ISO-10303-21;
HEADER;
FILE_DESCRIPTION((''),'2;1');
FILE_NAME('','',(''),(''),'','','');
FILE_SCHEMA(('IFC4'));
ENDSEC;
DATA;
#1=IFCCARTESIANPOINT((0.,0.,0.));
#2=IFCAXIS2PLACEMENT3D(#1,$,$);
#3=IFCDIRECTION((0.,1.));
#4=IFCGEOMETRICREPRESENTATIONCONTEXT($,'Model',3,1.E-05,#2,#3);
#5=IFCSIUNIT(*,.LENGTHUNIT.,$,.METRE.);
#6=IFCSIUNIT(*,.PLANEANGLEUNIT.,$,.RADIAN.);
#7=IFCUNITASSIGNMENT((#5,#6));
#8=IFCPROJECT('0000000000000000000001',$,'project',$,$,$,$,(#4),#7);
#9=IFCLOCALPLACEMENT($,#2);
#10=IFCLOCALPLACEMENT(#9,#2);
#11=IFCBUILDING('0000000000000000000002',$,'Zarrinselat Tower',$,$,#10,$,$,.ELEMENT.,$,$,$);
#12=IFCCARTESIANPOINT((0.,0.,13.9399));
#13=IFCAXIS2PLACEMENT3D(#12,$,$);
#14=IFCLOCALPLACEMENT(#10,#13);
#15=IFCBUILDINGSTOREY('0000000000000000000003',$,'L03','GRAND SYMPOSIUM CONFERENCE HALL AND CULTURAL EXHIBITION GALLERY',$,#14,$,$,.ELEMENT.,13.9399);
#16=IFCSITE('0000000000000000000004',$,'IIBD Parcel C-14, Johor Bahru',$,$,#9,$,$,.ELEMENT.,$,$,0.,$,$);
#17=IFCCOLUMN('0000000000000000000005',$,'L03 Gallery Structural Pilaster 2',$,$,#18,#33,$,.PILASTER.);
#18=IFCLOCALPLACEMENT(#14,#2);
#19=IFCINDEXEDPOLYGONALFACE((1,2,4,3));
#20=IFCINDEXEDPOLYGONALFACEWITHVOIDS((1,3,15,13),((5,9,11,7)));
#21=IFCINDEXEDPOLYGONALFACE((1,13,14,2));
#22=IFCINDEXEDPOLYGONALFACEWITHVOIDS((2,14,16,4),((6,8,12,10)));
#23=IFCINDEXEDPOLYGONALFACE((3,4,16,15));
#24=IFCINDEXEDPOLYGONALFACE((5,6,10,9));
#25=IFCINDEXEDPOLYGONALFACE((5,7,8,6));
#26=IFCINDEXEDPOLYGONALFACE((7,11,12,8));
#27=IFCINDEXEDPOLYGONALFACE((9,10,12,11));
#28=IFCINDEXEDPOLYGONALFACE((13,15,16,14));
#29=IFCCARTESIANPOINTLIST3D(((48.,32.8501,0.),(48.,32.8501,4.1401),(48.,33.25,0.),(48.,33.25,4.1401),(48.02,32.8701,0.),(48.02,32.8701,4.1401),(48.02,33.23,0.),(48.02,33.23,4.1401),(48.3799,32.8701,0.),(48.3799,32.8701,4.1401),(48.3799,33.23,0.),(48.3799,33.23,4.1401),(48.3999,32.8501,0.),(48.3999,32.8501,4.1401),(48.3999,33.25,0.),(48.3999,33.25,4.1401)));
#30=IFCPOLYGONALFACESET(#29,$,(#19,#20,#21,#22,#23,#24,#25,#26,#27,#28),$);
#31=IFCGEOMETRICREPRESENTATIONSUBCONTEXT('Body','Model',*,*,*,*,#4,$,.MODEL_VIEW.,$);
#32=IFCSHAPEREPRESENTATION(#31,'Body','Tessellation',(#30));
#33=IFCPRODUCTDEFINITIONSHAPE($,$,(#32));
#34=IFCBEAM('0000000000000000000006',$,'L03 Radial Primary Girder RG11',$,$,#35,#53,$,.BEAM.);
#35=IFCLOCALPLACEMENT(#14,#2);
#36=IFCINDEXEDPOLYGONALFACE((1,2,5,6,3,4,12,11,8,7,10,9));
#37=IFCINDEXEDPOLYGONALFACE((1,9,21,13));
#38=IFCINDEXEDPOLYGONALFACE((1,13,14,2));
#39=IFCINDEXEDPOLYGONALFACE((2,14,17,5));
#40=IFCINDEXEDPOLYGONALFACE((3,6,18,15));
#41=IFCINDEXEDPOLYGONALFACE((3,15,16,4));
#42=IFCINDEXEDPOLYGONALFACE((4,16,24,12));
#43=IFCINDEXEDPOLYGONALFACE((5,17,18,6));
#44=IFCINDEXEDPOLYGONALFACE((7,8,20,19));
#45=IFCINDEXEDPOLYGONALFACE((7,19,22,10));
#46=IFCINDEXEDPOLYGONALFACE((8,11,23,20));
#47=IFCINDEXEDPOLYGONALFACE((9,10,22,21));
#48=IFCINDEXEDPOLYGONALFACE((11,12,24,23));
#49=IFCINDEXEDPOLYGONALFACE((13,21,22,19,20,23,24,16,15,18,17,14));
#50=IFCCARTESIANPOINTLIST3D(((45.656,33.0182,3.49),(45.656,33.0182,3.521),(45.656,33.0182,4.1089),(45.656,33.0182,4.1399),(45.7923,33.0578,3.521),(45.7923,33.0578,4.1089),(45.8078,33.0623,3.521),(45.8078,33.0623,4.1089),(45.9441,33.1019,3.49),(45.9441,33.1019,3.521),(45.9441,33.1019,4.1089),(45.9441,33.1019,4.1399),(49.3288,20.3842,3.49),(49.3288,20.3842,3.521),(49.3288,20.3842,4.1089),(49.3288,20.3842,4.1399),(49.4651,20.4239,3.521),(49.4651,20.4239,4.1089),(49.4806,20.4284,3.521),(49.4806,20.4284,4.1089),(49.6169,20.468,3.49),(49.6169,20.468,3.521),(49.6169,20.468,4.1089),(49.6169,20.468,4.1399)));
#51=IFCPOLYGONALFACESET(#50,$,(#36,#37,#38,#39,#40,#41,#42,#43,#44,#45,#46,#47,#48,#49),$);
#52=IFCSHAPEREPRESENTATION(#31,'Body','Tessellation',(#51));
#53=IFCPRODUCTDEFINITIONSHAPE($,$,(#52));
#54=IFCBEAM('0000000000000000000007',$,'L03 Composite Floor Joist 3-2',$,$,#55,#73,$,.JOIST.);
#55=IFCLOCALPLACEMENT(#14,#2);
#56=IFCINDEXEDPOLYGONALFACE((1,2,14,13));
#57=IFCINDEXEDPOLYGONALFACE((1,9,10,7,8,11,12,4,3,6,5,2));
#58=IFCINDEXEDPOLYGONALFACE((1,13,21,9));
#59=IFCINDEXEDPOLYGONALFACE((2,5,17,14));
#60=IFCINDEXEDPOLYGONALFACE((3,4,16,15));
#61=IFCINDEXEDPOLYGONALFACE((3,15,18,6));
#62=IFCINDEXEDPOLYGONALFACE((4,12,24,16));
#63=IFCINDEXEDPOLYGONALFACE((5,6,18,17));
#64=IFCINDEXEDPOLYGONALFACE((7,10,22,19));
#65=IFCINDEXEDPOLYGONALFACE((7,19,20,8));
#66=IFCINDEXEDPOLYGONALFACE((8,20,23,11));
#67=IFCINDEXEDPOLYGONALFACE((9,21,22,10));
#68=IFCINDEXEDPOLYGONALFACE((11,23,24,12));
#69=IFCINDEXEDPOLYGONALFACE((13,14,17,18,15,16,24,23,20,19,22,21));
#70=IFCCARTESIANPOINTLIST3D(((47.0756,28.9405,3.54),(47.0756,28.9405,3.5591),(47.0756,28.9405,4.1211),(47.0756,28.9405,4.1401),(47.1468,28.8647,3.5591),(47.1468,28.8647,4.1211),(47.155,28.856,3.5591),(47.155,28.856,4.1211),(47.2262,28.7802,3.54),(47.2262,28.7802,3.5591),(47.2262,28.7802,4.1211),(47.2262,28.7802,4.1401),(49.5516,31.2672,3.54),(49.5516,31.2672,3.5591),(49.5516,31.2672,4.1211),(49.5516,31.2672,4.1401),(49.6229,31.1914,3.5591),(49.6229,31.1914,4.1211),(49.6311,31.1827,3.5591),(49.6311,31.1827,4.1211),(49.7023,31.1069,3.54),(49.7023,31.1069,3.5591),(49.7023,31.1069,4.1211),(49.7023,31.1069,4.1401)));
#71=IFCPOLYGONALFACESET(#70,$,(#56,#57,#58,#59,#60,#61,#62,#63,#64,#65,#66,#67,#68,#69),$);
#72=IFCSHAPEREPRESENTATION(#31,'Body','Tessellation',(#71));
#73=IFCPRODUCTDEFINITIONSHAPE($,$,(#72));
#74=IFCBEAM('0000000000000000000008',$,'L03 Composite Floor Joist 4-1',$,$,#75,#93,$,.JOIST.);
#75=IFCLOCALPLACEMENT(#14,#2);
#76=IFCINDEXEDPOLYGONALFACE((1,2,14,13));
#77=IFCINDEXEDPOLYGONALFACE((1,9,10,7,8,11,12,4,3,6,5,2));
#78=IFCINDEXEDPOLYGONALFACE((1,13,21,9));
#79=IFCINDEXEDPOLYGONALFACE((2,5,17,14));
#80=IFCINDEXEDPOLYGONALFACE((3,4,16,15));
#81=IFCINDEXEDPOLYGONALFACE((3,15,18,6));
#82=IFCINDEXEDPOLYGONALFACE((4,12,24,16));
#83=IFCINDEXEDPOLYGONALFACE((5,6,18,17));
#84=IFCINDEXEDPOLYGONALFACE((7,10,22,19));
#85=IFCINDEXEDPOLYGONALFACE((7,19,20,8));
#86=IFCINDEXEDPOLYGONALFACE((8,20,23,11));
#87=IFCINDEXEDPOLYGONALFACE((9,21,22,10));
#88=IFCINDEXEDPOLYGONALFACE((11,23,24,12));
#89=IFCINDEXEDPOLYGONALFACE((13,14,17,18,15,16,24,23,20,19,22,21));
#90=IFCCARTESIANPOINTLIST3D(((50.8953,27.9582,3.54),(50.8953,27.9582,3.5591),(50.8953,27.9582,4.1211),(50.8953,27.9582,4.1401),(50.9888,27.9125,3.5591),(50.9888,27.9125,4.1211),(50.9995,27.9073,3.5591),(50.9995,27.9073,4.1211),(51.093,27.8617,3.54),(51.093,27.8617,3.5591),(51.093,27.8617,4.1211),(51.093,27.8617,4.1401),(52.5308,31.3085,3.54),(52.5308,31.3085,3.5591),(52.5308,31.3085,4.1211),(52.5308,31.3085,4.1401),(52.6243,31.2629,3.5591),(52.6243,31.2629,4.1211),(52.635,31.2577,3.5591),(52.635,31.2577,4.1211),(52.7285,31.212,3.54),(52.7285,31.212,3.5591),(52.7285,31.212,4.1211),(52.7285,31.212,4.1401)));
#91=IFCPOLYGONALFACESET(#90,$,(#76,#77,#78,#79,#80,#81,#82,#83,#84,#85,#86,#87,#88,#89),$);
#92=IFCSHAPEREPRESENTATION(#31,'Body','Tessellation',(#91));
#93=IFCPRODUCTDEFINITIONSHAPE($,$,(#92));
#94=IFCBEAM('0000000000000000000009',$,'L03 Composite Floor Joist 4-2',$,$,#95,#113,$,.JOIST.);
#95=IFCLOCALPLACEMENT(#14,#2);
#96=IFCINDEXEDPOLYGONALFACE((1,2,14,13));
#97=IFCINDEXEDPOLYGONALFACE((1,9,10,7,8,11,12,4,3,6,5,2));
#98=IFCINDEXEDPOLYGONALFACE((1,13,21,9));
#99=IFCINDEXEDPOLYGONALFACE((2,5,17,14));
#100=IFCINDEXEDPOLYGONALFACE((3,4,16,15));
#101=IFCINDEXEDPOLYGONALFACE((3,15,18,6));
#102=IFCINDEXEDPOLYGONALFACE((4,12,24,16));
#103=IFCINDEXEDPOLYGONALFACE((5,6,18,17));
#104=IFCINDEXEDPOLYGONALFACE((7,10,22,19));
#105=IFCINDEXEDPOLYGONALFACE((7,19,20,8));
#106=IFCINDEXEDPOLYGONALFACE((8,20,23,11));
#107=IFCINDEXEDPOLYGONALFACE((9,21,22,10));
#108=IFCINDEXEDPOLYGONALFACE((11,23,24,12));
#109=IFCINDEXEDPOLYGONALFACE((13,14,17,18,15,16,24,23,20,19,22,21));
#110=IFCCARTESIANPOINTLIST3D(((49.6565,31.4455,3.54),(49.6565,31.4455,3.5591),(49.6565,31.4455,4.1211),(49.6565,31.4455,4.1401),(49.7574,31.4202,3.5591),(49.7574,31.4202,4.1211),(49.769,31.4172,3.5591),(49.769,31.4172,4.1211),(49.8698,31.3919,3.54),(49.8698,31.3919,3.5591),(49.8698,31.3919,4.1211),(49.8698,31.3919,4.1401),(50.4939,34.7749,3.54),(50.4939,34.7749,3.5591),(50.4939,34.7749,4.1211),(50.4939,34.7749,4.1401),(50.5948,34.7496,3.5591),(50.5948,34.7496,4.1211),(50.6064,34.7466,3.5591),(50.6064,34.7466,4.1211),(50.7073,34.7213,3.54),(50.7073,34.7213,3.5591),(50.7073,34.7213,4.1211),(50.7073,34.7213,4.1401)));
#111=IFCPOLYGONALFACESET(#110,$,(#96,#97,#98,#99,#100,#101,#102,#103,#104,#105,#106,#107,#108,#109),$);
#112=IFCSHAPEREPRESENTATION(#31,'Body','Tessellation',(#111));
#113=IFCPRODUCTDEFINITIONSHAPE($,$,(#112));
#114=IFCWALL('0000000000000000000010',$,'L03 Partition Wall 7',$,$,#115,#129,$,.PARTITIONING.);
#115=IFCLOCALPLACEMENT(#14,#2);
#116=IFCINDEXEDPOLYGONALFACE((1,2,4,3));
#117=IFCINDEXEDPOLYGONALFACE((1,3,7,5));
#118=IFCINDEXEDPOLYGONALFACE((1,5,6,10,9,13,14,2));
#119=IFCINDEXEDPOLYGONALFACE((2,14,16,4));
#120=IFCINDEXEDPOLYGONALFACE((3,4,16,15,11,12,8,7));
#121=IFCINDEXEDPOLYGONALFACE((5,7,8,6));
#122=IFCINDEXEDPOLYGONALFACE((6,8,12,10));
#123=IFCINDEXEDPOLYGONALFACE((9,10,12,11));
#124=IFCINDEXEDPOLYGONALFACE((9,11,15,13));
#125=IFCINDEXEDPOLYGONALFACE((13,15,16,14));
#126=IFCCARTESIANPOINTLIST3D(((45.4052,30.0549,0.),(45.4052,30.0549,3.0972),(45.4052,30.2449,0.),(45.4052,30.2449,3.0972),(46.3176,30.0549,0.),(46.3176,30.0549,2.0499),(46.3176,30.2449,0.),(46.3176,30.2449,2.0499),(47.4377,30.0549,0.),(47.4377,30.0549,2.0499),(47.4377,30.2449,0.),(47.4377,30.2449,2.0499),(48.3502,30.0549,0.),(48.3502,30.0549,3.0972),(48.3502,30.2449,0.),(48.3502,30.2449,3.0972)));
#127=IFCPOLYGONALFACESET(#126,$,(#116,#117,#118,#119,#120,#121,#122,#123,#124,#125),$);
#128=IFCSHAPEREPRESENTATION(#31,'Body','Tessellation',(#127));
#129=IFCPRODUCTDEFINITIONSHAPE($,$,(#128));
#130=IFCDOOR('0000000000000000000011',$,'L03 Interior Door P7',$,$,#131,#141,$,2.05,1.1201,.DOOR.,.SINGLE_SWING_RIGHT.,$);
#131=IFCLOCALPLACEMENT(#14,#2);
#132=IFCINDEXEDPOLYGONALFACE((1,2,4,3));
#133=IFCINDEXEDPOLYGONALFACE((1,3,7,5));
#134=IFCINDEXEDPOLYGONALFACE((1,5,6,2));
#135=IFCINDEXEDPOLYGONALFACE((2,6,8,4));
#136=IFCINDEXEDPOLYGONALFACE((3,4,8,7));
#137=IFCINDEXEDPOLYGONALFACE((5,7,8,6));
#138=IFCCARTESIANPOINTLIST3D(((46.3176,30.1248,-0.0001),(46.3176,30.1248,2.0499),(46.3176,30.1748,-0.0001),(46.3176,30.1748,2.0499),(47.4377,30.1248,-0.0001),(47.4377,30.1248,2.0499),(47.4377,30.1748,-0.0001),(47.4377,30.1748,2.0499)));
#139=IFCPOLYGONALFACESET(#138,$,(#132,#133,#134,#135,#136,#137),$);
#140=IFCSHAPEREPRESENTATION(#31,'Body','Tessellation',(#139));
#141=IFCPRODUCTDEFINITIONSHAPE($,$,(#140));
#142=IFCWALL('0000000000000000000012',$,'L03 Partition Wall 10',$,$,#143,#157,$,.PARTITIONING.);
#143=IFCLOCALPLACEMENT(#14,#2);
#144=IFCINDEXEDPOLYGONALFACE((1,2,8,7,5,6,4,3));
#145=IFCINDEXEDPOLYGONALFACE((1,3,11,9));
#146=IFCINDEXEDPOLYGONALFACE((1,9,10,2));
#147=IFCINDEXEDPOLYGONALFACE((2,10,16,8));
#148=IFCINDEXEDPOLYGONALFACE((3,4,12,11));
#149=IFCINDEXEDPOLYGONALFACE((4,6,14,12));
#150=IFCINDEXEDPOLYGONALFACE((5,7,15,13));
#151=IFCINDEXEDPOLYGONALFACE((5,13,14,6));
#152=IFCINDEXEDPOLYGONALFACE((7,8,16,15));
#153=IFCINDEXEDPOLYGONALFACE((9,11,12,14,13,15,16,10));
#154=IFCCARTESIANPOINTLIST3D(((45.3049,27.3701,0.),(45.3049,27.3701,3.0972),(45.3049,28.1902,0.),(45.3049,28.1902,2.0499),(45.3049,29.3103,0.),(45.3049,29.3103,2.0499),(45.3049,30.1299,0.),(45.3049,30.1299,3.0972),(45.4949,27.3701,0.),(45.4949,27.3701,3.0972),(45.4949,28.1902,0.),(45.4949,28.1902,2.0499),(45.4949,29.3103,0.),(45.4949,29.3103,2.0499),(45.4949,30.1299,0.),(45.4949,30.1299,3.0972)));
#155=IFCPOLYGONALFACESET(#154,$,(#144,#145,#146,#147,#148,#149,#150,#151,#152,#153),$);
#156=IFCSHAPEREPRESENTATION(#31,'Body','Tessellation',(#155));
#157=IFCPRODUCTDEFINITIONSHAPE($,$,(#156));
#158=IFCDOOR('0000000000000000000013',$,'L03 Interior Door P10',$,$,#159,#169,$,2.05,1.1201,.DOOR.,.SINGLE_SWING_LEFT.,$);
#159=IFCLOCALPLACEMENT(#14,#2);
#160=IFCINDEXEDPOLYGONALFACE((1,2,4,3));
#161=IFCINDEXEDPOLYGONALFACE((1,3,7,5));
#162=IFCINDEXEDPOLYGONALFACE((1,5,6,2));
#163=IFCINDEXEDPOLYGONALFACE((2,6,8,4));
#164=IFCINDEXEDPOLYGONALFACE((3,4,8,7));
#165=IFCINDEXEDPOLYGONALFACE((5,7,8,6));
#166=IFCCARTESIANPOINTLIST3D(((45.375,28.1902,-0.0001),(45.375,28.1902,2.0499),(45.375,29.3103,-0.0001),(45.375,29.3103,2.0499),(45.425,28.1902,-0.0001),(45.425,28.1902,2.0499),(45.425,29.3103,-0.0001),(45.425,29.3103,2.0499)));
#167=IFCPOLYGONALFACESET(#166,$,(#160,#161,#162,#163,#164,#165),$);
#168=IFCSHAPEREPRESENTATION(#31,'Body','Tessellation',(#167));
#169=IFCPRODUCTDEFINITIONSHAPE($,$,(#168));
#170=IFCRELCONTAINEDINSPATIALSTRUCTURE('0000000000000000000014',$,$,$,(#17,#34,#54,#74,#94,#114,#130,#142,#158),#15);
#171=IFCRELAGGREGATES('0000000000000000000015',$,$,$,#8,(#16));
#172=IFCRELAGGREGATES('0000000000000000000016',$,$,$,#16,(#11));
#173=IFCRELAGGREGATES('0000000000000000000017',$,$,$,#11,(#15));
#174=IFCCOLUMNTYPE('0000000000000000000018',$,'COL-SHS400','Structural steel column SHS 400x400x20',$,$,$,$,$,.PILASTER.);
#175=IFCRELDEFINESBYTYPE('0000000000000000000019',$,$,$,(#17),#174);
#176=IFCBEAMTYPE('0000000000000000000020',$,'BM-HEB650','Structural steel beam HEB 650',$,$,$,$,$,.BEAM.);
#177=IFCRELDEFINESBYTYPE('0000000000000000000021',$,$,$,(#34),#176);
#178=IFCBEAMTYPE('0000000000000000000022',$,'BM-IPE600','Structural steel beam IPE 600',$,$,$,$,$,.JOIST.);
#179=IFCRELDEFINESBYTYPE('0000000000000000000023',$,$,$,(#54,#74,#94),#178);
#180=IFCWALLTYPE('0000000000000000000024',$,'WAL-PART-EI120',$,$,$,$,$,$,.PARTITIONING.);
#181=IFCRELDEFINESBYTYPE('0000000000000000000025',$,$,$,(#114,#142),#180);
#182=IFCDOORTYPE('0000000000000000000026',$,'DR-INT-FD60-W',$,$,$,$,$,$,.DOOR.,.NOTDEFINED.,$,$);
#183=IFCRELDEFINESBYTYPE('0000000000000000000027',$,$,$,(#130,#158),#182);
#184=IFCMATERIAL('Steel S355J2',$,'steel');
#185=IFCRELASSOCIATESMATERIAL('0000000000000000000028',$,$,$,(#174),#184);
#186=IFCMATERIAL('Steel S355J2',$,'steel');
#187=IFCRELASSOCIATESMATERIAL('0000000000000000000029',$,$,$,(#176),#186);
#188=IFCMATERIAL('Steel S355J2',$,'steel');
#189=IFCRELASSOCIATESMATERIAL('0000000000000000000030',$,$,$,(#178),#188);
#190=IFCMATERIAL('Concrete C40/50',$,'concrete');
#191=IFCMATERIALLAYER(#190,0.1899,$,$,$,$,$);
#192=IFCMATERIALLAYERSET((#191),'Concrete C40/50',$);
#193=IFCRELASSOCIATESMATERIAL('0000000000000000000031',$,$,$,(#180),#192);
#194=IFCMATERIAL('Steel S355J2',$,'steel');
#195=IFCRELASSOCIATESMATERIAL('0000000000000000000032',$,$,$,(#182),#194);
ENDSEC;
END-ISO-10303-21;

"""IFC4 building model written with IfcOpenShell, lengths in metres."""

from ifc_helpers import new_model, si_unit, direction, frame, frame_2d, origin, origin_2d, place, context, subcontext, project, spatial, rectangle, hollow_rectangle, i_section, extrude, material, layer, layer_set, material_profile, profile_set, type_object, element, fill, save


model = new_model("IFC4")

# Units and contexts
model_context = context("Model", 3, precision=1e-05, world=origin(), true_north=direction((0.0, 1.0)))
body_context = subcontext(model_context, "Body", "Model", "MODEL_VIEW")
ifc_project = project(units=[si_unit("LENGTHUNIT", "METRE"), si_unit("PLANEANGLEUNIT", "RADIAN")], contexts=[model_context])

# Site, building, storey
site_placement = place(None, origin())
site = spatial("IfcSite", under=ifc_project, at=site_placement, Name="IIBD Parcel C-14, Johor Bahru", CompositionType="ELEMENT", RefElevation=0.0)
building_placement = place(site_placement, origin())
building = spatial("IfcBuilding", under=site, at=building_placement, Name="Zarrinselat Tower", CompositionType="ELEMENT")
storey_placement = place(building_placement, frame((0.0, 0.0, 13.9399)))
storey = spatial("IfcBuildingStorey", under=building, at=storey_placement, Name="L03", Description="GRAND SYMPOSIUM CONFERENCE HALL AND CULTURAL EXHIBITION GALLERY", CompositionType="ELEMENT", Elevation=13.9399)

# Column
ifc_material_1 = material(Name="Steel S355J2", Category="steel")
ifc_material_profile_1 = material_profile(ifc_material_1, hollow_rectangle(XDim=0.3999, YDim=0.3999, WallThickness=0.02, at=origin_2d()), Name="SHS 400x400x20")
ifc_profile_set_1 = profile_set([ifc_material_profile_1], Name="Steel S355J2")
column_type = type_object("IfcColumnType", Name="COL-SHS400", Description="Structural steel column SHS 400x400x20", PredefinedType="PILASTER", material=ifc_profile_set_1)
column_placement = place(storey_placement, frame((48.2, 33.05, 0.0), z_axis=(0.0, 0.0, 1.0), x_axis=(1.0, 0.0, 0.0)))
element("IfcColumn", 1, at=column_placement, inside=storey, type_object=column_type, Name="L03 Gallery Structural Pilaster 2", PredefinedType="PILASTER", context=body_context, shape_type="SweptSolid", body=[
    extrude(hollow_rectangle(XDim=0.3999, YDim=0.3999, WallThickness=0.02, at=origin_2d()), origin(), (0.0, 0.0, 1.0), 4.1401),
])

# Beams
ifc_material_2 = material(Name="Steel S355J2", Category="steel")
ifc_material_profile_2 = material_profile(ifc_material_2, i_section(OverallWidth=0.3, OverallDepth=0.6499, WebThickness=0.0161, FlangeThickness=0.031, at=origin_2d()), Name="HEB 650")
ifc_profile_set_2 = profile_set([ifc_material_profile_2], Name="Steel S355J2")
beam_type_1 = type_object("IfcBeamType", Name="BM-HEB650", Description="Structural steel beam HEB 650", PredefinedType="BEAM", material=ifc_profile_set_2)
beam_1_placement = place(storey_placement, frame((45.8, 33.0601, 3.8149), z_axis=(0.279154, -0.960246, 0.0), x_axis=(0.960246, 0.279154, 0.0)))
element("IfcBeam", 2, at=beam_1_placement, inside=storey, type_object=beam_type_1, Name="L03 Radial Primary Girder RG11", PredefinedType="BEAM", context=body_context, shape_type="SweptSolid", body=[
    extrude(i_section(OverallWidth=0.3, OverallDepth=0.6499, WebThickness=0.0161, FlangeThickness=0.031, at=origin_2d()), origin(), (0.0, 0.0, 1.0), 13.157),
])
ifc_material_3 = material(Name="Steel S355J2", Category="steel")
ifc_material_profile_3 = material_profile(ifc_material_3, i_section(OverallWidth=0.22, OverallDepth=0.6001, WebThickness=0.012, FlangeThickness=0.019, at=origin_2d()), Name="IPE 600")
ifc_profile_set_3 = profile_set([ifc_material_profile_3], Name="Steel S355J2")
beam_type_2 = type_object("IfcBeamType", Name="BM-IPE600", Description="Structural steel beam IPE 600", PredefinedType="JOIST", material=ifc_profile_set_3)
beam_2_placement = place(storey_placement, frame((47.1509, 28.8604, 3.8401), z_axis=(0.728752, 0.684777, 0.0), x_axis=(-0.684777, 0.728752, 0.0)))
element("IfcBeam", 3, at=beam_2_placement, inside=storey, type_object=beam_type_2, Name="L03 Composite Floor Joist 3-2", PredefinedType="JOIST", context=body_context, shape_type="SweptSolid", body=[
    extrude(i_section(OverallWidth=0.22, OverallDepth=0.6001, WebThickness=0.012, FlangeThickness=0.019, at=origin_2d()), origin(), (0.0, 0.0, 1.0), 3.3977),
])
beam_3_placement = place(storey_placement, frame((50.9941, 27.9099, 3.8401), z_axis=(0.43868, 0.898643, 0.0), x_axis=(-0.898643, 0.43868, 0.0)))
element("IfcBeam", 4, at=beam_3_placement, inside=storey, type_object=beam_type_2, Name="L03 Composite Floor Joist 4-1", PredefinedType="JOIST", context=body_context, shape_type="SweptSolid", body=[
    extrude(i_section(OverallWidth=0.22, OverallDepth=0.6001, WebThickness=0.012, FlangeThickness=0.019, at=origin_2d()), origin(), (0.0, 0.0, 1.0), 3.7283),
])
beam_4_placement = place(storey_placement, frame((49.7632, 31.4187, 3.8401), z_axis=(0.243924, 0.969794, 0.0), x_axis=(-0.969794, 0.243924, 0.0)))
element("IfcBeam", 5, at=beam_4_placement, inside=storey, type_object=beam_type_2, Name="L03 Composite Floor Joist 4-2", PredefinedType="JOIST", context=body_context, shape_type="SweptSolid", body=[
    extrude(i_section(OverallWidth=0.22, OverallDepth=0.6001, WebThickness=0.012, FlangeThickness=0.019, at=origin_2d()), origin(), (0.0, 0.0, 1.0), 3.4331),
])

# Walls, openings, doors
ifc_material_4 = material(Name="Concrete C40/50", Category="concrete")
ifc_layer_1 = layer(ifc_material_4, 0.1899)
ifc_layer_set_1 = layer_set([ifc_layer_1], Name="Concrete C40/50")
wall_type_1 = type_object("IfcWallType", Name="WAL-PART-EI120", PredefinedType="PARTITIONING", material=ifc_layer_set_1)
wall_1_placement = place(storey_placement, frame((45.405, 30.1499, 0.0), z_axis=(0.0, 0.0, 1.0), x_axis=(1.0, 0.0, 0.0)))
wall_1 = element("IfcWall", 6, at=wall_1_placement, inside=storey, type_object=wall_type_1, Name="L03 Partition Wall 7", PredefinedType="PARTITIONING", context=body_context, shape_type="SweptSolid", body=[
    extrude(rectangle(XDim=2.9451, YDim=0.1899, at=frame_2d((1.4727, 0.0))), origin(), (0.0, 0.0, 1.0), 3.0972),
])
opening_1_placement = place(wall_1_placement, frame((0.9126, 0.0, 0.0)))
opening_1 = element("IfcOpeningElement", 7, at=opening_1_placement, cuts=wall_1, PredefinedType="OPENING", context=body_context, shape_type="SweptSolid", body=[
    extrude(rectangle(XDim=1.1201, YDim=2.05, at=frame_2d((0.5601, 1.0249))), frame((0.0, 0.105, 0.0), z_axis=(0.0, -1.0, 0.0), x_axis=(1.0, 0.0, 0.0)), (0.0, 0.0, 1.0), 0.21),
])
ifc_material_5 = material(Name="Steel S355J2", Category="steel")
door_type_1 = type_object("IfcDoorType", Name="DR-INT-FD60-W", OperationType="NOTDEFINED", PredefinedType="DOOR", material=ifc_material_5)
door_1_placement = place(opening_1_placement, origin())
door_1 = element("IfcDoor", 8, at=door_1_placement, inside=storey, type_object=door_type_1, Name="L03 Interior Door P7", OperationType="SINGLE_SWING_RIGHT", OverallHeight=2.05, OverallWidth=1.1201, PredefinedType="DOOR", context=body_context, shape_type="SweptSolid", body=[
    extrude(rectangle(XDim=1.1201, YDim=2.05, at=frame_2d((0.5601, 1.0249))), frame((0.0, 0.0249, 0.0), z_axis=(0.0, -1.0, 0.0), x_axis=(1.0, 0.0, 0.0)), (0.0, 0.0, 1.0), 0.05),
])
fill(opening_1, door_1)
wall_2_placement = place(storey_placement, frame((45.3999, 27.3701, 0.0), z_axis=(0.0, 0.0, 1.0), x_axis=(0.0, 1.0, 0.0)))
wall_2 = element("IfcWall", 9, at=wall_2_placement, inside=storey, type_object=wall_type_1, Name="L03 Partition Wall 10", PredefinedType="PARTITIONING", context=body_context, shape_type="SweptSolid", body=[
    extrude(rectangle(XDim=2.7598, YDim=0.1899, at=frame_2d((1.3799, 0.0))), origin(), (0.0, 0.0, 1.0), 3.0972),
])
opening_2_placement = place(wall_2_placement, frame((0.8201, 0.0, 0.0)))
opening_2 = element("IfcOpeningElement", 10, at=opening_2_placement, cuts=wall_2, PredefinedType="OPENING", context=body_context, shape_type="SweptSolid", body=[
    extrude(rectangle(XDim=1.1201, YDim=2.05, at=frame_2d((0.5601, 1.0249))), frame((0.0, 0.105, 0.0), z_axis=(0.0, -1.0, 0.0), x_axis=(1.0, 0.0, 0.0)), (0.0, 0.0, 1.0), 0.21),
])
door_2_placement = place(opening_2_placement, origin())
door_2 = element("IfcDoor", 11, at=door_2_placement, inside=storey, type_object=door_type_1, Name="L03 Interior Door P10", OperationType="SINGLE_SWING_LEFT", OverallHeight=2.05, OverallWidth=1.1201, PredefinedType="DOOR", context=body_context, shape_type="SweptSolid", body=[
    extrude(rectangle(XDim=1.1201, YDim=2.05, at=frame_2d((0.5601, 1.0249))), frame((0.0, 0.0249, 0.0), z_axis=(0.0, -1.0, 0.0), x_axis=(1.0, 0.0, 0.0)), (0.0, 0.0, 1.0), 0.05),
])
fill(opening_2, door_2)

save(model, "model.ifc")
